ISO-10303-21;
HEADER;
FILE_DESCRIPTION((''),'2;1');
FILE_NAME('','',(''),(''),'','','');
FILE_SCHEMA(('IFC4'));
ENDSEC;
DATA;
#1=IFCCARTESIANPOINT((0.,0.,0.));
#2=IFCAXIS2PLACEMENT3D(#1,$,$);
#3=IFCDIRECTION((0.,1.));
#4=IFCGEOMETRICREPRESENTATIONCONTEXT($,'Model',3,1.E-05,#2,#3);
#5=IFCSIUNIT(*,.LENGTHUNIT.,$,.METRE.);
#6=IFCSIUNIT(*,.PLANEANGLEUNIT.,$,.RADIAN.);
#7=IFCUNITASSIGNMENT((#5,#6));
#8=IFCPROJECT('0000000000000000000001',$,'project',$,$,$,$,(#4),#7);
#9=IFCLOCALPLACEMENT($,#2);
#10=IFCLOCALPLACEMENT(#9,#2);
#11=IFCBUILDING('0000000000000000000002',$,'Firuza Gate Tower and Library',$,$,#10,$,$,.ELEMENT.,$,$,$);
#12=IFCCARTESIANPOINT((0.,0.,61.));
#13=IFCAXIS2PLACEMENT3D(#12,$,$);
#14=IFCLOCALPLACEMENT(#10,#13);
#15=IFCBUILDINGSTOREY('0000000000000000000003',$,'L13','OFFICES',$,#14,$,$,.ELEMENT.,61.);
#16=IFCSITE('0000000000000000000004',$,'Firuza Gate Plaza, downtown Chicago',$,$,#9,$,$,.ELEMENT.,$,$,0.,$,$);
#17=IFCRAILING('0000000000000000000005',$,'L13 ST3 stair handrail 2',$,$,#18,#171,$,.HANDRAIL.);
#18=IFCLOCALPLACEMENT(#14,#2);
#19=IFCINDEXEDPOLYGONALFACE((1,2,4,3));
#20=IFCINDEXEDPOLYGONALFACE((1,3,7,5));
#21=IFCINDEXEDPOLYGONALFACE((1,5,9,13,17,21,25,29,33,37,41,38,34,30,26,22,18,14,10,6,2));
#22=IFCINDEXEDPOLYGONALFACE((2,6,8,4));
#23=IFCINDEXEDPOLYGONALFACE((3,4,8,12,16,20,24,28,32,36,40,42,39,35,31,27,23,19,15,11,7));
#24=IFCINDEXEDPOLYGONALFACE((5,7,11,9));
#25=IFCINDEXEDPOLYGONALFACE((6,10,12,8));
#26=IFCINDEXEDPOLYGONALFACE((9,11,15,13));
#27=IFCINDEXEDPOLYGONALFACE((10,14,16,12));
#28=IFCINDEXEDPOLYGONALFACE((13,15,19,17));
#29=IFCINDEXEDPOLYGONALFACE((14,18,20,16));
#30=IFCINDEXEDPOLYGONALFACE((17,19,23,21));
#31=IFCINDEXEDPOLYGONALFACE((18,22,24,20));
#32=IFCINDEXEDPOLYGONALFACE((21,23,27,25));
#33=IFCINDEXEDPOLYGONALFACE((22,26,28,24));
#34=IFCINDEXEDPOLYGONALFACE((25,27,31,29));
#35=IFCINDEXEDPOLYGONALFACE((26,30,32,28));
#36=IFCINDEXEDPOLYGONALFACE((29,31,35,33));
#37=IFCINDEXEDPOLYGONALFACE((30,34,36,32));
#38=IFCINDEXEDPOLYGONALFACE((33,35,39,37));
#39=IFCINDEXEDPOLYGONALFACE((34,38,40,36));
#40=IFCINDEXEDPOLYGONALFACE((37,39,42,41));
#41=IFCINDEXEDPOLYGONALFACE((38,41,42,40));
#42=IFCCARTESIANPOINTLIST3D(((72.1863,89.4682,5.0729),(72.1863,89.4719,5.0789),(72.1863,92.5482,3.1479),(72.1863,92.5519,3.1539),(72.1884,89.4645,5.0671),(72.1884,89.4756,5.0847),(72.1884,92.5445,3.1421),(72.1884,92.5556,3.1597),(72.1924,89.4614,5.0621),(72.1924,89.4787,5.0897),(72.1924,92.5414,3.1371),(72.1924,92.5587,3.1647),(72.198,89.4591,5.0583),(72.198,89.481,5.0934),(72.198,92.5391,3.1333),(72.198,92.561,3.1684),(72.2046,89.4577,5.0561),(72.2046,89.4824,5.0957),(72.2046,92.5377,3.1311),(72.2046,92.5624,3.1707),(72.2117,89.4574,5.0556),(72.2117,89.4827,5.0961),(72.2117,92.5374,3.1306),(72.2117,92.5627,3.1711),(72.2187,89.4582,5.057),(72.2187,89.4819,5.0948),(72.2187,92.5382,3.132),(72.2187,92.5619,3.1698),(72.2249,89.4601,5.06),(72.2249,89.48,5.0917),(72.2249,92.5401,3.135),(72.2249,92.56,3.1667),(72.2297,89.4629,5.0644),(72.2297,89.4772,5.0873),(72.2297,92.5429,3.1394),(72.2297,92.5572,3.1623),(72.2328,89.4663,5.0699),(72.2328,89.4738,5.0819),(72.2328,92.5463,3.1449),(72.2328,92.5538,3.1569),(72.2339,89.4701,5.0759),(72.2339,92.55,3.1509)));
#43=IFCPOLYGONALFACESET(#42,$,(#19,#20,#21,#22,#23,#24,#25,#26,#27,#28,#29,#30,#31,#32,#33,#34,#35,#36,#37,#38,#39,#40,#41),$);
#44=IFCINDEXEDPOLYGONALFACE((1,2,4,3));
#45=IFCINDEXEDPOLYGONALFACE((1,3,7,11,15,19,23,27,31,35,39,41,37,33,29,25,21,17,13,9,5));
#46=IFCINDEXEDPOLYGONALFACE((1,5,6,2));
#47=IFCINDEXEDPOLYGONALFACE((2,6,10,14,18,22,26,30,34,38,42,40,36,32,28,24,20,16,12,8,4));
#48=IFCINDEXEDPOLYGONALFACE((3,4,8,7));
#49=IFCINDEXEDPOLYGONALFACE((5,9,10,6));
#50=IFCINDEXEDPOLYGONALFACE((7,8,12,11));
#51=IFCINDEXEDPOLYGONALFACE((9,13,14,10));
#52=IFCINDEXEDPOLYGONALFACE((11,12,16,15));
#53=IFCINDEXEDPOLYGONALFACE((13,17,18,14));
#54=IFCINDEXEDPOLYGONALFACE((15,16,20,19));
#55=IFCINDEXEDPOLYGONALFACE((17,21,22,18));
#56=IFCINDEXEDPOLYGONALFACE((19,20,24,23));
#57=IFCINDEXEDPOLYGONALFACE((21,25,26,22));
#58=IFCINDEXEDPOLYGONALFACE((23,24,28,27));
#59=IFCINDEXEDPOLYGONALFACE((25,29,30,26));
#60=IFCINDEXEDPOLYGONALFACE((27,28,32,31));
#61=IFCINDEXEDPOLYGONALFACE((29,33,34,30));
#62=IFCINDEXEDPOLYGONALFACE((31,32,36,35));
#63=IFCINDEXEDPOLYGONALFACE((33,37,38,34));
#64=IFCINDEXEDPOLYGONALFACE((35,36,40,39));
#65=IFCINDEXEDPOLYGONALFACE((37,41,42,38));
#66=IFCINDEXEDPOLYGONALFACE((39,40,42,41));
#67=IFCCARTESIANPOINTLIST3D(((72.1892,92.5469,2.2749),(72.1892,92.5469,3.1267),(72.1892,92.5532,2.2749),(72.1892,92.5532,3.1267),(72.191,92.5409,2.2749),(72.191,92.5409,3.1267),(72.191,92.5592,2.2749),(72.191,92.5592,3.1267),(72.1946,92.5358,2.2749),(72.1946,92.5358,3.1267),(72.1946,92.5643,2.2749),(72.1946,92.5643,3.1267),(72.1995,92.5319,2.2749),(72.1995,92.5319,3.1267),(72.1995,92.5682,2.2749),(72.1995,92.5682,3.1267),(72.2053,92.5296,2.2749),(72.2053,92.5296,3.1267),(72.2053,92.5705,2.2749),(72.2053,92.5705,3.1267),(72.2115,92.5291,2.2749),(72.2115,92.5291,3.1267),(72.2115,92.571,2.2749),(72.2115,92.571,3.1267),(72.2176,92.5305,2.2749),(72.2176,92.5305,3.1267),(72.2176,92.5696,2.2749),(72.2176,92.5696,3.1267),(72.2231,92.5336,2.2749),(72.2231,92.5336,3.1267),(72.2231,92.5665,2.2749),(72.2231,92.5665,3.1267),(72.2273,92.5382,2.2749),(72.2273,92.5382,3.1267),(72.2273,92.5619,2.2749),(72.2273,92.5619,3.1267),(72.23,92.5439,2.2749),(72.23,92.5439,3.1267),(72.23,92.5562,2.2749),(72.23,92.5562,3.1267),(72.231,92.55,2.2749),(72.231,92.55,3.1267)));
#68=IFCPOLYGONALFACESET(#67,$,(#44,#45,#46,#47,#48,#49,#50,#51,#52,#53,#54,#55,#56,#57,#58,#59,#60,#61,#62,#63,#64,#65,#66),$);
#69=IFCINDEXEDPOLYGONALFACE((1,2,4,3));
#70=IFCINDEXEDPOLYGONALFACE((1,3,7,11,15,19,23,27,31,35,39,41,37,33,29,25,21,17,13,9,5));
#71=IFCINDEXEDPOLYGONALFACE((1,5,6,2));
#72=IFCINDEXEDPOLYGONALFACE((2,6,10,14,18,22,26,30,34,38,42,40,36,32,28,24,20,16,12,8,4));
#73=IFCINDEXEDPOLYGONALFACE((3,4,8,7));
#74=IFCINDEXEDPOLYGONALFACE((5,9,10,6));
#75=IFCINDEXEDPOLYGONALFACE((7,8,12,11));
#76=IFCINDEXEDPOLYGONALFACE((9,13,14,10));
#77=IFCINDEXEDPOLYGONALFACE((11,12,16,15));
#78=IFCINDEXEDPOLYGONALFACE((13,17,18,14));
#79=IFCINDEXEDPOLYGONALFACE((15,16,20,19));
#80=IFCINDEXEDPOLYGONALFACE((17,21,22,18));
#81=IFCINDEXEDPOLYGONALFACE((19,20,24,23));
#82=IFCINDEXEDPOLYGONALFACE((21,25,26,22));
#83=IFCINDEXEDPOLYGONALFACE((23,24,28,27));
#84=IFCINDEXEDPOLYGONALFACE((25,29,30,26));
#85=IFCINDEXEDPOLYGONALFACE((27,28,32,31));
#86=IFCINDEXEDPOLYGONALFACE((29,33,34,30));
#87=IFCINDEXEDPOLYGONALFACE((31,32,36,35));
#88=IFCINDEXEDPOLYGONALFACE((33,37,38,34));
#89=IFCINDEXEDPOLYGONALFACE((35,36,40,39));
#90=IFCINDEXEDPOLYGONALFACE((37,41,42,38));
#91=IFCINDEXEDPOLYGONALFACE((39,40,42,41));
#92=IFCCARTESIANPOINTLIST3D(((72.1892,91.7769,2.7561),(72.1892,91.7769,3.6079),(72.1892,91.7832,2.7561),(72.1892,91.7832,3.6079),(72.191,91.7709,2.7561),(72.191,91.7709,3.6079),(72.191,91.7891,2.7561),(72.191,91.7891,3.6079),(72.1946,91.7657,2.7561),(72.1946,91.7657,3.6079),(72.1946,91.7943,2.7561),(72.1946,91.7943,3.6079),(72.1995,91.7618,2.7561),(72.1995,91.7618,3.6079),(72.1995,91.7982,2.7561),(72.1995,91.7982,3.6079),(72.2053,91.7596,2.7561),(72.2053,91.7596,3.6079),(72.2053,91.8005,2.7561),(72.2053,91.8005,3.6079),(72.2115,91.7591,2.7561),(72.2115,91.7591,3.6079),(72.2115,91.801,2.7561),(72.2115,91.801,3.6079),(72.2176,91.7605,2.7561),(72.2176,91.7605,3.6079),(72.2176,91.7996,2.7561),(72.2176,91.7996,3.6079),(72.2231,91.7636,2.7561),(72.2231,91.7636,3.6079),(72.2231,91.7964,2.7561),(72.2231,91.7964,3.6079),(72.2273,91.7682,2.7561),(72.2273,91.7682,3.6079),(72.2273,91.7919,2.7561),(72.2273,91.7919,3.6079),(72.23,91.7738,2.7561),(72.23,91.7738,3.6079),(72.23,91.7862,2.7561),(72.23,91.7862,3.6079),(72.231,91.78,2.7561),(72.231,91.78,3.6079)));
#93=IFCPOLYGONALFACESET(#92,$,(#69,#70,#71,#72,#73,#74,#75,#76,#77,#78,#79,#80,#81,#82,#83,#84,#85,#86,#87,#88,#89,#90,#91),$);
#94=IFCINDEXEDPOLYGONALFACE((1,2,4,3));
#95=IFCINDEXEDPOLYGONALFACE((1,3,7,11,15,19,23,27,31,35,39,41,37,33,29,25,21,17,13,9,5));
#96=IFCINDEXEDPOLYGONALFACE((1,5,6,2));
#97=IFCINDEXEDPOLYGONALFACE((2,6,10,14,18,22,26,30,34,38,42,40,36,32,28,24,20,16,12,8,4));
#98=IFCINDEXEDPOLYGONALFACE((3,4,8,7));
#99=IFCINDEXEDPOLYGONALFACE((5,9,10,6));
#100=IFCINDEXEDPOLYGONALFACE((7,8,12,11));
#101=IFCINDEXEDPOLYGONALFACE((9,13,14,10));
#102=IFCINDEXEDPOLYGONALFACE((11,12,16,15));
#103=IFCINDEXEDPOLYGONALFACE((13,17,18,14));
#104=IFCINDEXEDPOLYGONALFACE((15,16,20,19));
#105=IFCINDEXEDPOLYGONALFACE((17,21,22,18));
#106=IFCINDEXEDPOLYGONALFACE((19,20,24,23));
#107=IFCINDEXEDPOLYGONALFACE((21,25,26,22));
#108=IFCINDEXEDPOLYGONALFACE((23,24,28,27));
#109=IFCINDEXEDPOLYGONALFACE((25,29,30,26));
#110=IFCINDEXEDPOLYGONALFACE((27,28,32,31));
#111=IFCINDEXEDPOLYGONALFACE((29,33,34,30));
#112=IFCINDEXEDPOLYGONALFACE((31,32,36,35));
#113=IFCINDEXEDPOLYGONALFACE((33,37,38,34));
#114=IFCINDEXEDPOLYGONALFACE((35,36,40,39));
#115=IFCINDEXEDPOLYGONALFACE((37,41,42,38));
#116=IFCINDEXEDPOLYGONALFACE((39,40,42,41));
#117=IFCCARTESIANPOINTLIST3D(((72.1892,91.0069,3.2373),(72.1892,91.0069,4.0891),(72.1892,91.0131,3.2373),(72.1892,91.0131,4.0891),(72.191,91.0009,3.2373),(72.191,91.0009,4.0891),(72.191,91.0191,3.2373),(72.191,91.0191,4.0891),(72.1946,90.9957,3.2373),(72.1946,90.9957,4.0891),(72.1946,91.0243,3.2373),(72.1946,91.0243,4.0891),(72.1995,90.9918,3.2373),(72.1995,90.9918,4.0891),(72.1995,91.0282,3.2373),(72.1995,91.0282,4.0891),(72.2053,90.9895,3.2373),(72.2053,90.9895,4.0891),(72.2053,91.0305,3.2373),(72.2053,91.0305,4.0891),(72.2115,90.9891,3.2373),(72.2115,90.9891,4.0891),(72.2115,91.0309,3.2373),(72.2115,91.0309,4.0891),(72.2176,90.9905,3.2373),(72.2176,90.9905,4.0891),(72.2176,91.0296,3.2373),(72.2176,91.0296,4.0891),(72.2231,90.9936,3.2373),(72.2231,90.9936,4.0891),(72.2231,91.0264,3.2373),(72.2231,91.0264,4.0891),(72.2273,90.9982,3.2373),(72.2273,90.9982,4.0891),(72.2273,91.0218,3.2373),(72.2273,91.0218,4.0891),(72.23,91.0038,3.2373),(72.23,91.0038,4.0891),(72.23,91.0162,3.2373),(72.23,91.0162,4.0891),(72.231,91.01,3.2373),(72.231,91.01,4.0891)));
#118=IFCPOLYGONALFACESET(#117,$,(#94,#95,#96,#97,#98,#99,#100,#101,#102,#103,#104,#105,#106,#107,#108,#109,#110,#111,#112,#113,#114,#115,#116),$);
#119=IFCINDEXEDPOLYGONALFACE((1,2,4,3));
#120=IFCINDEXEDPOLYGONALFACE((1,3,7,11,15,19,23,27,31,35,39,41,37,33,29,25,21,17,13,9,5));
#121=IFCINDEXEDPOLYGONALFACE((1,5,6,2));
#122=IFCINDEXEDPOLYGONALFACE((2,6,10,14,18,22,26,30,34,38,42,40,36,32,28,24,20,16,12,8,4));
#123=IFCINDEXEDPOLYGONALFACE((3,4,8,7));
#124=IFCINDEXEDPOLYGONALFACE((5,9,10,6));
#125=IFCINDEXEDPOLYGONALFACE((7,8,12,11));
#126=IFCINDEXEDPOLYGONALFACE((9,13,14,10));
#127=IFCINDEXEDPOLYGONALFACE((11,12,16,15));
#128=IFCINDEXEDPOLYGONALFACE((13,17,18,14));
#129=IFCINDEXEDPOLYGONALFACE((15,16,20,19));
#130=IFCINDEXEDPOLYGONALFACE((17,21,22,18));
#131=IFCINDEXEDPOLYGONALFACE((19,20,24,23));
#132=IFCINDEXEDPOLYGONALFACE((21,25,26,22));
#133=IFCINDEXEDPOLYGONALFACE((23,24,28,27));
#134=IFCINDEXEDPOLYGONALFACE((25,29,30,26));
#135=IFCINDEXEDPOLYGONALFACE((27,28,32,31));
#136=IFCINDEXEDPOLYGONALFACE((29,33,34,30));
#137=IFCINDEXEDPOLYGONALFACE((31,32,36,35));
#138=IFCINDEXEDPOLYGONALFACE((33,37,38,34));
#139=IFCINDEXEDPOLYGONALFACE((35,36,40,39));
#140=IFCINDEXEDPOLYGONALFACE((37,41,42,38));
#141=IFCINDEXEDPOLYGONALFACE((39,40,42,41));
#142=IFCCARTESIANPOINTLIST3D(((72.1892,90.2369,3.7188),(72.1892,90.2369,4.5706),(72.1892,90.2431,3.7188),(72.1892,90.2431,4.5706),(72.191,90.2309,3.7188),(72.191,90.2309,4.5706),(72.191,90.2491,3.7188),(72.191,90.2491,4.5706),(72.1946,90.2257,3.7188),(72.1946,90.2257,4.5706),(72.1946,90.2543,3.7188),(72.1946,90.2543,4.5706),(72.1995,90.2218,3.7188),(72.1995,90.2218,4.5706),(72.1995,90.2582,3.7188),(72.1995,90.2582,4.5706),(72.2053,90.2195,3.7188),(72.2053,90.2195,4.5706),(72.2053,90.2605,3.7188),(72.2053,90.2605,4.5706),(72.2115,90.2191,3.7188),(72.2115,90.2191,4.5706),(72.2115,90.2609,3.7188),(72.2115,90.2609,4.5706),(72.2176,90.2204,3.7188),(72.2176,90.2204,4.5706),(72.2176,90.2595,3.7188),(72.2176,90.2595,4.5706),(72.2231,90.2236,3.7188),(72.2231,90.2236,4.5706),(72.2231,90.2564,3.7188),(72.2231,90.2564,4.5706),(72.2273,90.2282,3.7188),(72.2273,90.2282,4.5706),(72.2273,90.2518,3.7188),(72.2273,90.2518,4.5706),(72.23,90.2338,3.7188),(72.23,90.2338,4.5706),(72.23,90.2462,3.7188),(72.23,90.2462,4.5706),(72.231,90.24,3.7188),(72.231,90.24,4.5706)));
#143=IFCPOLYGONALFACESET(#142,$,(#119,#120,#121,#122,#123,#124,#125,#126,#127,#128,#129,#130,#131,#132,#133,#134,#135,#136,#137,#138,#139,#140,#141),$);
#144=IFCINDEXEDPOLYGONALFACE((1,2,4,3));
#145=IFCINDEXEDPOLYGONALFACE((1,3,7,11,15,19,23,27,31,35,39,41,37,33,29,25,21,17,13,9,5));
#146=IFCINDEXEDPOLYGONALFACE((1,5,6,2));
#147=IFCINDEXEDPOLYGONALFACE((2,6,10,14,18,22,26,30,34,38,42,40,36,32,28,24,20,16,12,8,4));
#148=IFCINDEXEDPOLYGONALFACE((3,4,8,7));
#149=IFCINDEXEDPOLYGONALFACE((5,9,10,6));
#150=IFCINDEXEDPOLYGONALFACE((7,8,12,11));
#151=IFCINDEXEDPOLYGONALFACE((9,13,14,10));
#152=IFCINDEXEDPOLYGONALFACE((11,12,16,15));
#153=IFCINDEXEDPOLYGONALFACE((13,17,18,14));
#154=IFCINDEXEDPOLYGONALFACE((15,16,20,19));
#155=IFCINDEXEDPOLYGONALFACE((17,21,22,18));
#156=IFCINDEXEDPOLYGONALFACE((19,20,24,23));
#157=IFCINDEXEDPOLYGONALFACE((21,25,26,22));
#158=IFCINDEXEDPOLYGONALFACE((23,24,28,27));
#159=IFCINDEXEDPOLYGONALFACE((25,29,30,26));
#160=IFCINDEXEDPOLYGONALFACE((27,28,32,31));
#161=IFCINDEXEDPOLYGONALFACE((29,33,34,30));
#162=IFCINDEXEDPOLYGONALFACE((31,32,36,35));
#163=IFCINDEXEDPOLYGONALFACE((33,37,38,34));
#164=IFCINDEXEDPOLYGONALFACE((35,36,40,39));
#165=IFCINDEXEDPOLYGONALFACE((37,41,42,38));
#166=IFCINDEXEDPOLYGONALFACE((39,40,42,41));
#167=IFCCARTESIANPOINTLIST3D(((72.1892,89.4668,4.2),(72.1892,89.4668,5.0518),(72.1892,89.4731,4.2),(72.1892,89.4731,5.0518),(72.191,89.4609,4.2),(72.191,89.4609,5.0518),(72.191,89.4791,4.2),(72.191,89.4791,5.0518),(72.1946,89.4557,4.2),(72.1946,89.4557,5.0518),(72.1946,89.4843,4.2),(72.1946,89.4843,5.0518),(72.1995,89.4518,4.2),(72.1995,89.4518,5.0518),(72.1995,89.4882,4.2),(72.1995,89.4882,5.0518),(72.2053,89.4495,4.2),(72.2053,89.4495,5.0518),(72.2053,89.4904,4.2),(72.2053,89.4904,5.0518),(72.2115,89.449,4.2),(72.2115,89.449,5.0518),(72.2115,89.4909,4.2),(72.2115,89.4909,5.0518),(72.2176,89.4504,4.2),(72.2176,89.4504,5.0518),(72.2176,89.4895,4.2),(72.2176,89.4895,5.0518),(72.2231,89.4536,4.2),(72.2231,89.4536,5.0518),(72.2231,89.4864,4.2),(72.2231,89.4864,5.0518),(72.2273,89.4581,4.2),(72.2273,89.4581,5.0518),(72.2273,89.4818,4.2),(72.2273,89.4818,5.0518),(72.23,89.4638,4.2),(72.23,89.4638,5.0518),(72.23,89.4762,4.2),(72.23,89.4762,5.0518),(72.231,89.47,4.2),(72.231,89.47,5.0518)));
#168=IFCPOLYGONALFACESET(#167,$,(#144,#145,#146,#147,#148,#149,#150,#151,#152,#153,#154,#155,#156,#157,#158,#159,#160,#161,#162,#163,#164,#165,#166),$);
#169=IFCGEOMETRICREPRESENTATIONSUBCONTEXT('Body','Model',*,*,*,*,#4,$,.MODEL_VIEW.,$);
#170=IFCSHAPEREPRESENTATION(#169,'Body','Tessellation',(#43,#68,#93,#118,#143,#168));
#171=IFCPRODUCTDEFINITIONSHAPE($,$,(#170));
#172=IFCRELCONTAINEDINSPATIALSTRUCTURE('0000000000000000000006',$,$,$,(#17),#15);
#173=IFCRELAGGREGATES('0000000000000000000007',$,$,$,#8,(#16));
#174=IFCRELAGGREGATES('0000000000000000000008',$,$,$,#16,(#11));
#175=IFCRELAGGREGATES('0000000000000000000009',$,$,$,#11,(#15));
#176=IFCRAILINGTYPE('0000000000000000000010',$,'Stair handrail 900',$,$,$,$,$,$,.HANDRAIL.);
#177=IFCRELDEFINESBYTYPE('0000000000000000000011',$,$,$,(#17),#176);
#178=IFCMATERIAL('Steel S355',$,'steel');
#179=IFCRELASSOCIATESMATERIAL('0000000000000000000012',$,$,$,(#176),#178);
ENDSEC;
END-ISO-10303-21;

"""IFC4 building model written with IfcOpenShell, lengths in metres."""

from ifc_helpers import new_model, si_unit, direction, frame, origin, origin_2d, place, context, subcontext, project, spatial, circle, extrude, material, type_object, element, save


model = new_model("IFC4")

# Units and contexts
model_context = context("Model", 3, precision=1e-05, world=origin(), true_north=direction((0.0, 1.0)))
body_context = subcontext(model_context, "Body", "Model", "MODEL_VIEW")
ifc_project = project(units=[si_unit("LENGTHUNIT", "METRE"), si_unit("PLANEANGLEUNIT", "RADIAN")], contexts=[model_context])

# Site, building, storey
site_placement = place(None, origin())
site = spatial("IfcSite", under=ifc_project, at=site_placement, Name="Firuza Gate Plaza, downtown Chicago", CompositionType="ELEMENT", RefElevation=0.0)
building_placement = place(site_placement, origin())
building = spatial("IfcBuilding", under=site, at=building_placement, Name="Firuza Gate Tower and Library", CompositionType="ELEMENT")
storey_placement = place(building_placement, frame((0.0, 0.0, 61.0)))
storey = spatial("IfcBuildingStorey", under=building, at=storey_placement, Name="L13", Description="OFFICES", CompositionType="ELEMENT", Elevation=61.0)

# Railing
ifc_material_1 = material(Name="Steel S355", Category="steel")
railing_type_1 = type_object("IfcRailingType", Name="Stair handrail 900", PredefinedType="HANDRAIL", material=ifc_material_1)
railing_1_placement = place(storey_placement, frame((72.21, 92.55, 2.2749)))
element("IfcRailing", 1, at=railing_1_placement, inside=storey, type_object=railing_type_1, Name="L13 ST3 stair handrail 2", PredefinedType="HANDRAIL", context=body_context, shape_type="SweptSolid", body=[
    extrude(circle(Radius=0.0239, at=origin_2d()), frame((0.0, 0.0, 0.876), z_axis=(0.0, -0.847998, 0.529999), x_axis=(1.0, 0.0, 0.0)), (0.0, 0.0, 1.0), 3.6321),
    extrude(circle(Radius=0.021, at=origin_2d()), origin(), (0.0, 0.0, 1.0), 0.8518),
    extrude(circle(Radius=0.021, at=origin_2d()), frame((0.0, -0.77, 0.4812)), (0.0, 0.0, 1.0), 0.8518),
    extrude(circle(Radius=0.021, at=origin_2d()), frame((0.0, -1.54, 0.9624)), (0.0, 0.0, 1.0), 0.8518),
    extrude(circle(Radius=0.021, at=origin_2d()), frame((0.0, -2.3101, 1.4438)), (0.0, 0.0, 1.0), 0.8518),
    extrude(circle(Radius=0.021, at=origin_2d()), frame((0.0, -3.0801, 1.925)), (0.0, 0.0, 1.0), 0.8518),
])

save(model, "model.ifc")
